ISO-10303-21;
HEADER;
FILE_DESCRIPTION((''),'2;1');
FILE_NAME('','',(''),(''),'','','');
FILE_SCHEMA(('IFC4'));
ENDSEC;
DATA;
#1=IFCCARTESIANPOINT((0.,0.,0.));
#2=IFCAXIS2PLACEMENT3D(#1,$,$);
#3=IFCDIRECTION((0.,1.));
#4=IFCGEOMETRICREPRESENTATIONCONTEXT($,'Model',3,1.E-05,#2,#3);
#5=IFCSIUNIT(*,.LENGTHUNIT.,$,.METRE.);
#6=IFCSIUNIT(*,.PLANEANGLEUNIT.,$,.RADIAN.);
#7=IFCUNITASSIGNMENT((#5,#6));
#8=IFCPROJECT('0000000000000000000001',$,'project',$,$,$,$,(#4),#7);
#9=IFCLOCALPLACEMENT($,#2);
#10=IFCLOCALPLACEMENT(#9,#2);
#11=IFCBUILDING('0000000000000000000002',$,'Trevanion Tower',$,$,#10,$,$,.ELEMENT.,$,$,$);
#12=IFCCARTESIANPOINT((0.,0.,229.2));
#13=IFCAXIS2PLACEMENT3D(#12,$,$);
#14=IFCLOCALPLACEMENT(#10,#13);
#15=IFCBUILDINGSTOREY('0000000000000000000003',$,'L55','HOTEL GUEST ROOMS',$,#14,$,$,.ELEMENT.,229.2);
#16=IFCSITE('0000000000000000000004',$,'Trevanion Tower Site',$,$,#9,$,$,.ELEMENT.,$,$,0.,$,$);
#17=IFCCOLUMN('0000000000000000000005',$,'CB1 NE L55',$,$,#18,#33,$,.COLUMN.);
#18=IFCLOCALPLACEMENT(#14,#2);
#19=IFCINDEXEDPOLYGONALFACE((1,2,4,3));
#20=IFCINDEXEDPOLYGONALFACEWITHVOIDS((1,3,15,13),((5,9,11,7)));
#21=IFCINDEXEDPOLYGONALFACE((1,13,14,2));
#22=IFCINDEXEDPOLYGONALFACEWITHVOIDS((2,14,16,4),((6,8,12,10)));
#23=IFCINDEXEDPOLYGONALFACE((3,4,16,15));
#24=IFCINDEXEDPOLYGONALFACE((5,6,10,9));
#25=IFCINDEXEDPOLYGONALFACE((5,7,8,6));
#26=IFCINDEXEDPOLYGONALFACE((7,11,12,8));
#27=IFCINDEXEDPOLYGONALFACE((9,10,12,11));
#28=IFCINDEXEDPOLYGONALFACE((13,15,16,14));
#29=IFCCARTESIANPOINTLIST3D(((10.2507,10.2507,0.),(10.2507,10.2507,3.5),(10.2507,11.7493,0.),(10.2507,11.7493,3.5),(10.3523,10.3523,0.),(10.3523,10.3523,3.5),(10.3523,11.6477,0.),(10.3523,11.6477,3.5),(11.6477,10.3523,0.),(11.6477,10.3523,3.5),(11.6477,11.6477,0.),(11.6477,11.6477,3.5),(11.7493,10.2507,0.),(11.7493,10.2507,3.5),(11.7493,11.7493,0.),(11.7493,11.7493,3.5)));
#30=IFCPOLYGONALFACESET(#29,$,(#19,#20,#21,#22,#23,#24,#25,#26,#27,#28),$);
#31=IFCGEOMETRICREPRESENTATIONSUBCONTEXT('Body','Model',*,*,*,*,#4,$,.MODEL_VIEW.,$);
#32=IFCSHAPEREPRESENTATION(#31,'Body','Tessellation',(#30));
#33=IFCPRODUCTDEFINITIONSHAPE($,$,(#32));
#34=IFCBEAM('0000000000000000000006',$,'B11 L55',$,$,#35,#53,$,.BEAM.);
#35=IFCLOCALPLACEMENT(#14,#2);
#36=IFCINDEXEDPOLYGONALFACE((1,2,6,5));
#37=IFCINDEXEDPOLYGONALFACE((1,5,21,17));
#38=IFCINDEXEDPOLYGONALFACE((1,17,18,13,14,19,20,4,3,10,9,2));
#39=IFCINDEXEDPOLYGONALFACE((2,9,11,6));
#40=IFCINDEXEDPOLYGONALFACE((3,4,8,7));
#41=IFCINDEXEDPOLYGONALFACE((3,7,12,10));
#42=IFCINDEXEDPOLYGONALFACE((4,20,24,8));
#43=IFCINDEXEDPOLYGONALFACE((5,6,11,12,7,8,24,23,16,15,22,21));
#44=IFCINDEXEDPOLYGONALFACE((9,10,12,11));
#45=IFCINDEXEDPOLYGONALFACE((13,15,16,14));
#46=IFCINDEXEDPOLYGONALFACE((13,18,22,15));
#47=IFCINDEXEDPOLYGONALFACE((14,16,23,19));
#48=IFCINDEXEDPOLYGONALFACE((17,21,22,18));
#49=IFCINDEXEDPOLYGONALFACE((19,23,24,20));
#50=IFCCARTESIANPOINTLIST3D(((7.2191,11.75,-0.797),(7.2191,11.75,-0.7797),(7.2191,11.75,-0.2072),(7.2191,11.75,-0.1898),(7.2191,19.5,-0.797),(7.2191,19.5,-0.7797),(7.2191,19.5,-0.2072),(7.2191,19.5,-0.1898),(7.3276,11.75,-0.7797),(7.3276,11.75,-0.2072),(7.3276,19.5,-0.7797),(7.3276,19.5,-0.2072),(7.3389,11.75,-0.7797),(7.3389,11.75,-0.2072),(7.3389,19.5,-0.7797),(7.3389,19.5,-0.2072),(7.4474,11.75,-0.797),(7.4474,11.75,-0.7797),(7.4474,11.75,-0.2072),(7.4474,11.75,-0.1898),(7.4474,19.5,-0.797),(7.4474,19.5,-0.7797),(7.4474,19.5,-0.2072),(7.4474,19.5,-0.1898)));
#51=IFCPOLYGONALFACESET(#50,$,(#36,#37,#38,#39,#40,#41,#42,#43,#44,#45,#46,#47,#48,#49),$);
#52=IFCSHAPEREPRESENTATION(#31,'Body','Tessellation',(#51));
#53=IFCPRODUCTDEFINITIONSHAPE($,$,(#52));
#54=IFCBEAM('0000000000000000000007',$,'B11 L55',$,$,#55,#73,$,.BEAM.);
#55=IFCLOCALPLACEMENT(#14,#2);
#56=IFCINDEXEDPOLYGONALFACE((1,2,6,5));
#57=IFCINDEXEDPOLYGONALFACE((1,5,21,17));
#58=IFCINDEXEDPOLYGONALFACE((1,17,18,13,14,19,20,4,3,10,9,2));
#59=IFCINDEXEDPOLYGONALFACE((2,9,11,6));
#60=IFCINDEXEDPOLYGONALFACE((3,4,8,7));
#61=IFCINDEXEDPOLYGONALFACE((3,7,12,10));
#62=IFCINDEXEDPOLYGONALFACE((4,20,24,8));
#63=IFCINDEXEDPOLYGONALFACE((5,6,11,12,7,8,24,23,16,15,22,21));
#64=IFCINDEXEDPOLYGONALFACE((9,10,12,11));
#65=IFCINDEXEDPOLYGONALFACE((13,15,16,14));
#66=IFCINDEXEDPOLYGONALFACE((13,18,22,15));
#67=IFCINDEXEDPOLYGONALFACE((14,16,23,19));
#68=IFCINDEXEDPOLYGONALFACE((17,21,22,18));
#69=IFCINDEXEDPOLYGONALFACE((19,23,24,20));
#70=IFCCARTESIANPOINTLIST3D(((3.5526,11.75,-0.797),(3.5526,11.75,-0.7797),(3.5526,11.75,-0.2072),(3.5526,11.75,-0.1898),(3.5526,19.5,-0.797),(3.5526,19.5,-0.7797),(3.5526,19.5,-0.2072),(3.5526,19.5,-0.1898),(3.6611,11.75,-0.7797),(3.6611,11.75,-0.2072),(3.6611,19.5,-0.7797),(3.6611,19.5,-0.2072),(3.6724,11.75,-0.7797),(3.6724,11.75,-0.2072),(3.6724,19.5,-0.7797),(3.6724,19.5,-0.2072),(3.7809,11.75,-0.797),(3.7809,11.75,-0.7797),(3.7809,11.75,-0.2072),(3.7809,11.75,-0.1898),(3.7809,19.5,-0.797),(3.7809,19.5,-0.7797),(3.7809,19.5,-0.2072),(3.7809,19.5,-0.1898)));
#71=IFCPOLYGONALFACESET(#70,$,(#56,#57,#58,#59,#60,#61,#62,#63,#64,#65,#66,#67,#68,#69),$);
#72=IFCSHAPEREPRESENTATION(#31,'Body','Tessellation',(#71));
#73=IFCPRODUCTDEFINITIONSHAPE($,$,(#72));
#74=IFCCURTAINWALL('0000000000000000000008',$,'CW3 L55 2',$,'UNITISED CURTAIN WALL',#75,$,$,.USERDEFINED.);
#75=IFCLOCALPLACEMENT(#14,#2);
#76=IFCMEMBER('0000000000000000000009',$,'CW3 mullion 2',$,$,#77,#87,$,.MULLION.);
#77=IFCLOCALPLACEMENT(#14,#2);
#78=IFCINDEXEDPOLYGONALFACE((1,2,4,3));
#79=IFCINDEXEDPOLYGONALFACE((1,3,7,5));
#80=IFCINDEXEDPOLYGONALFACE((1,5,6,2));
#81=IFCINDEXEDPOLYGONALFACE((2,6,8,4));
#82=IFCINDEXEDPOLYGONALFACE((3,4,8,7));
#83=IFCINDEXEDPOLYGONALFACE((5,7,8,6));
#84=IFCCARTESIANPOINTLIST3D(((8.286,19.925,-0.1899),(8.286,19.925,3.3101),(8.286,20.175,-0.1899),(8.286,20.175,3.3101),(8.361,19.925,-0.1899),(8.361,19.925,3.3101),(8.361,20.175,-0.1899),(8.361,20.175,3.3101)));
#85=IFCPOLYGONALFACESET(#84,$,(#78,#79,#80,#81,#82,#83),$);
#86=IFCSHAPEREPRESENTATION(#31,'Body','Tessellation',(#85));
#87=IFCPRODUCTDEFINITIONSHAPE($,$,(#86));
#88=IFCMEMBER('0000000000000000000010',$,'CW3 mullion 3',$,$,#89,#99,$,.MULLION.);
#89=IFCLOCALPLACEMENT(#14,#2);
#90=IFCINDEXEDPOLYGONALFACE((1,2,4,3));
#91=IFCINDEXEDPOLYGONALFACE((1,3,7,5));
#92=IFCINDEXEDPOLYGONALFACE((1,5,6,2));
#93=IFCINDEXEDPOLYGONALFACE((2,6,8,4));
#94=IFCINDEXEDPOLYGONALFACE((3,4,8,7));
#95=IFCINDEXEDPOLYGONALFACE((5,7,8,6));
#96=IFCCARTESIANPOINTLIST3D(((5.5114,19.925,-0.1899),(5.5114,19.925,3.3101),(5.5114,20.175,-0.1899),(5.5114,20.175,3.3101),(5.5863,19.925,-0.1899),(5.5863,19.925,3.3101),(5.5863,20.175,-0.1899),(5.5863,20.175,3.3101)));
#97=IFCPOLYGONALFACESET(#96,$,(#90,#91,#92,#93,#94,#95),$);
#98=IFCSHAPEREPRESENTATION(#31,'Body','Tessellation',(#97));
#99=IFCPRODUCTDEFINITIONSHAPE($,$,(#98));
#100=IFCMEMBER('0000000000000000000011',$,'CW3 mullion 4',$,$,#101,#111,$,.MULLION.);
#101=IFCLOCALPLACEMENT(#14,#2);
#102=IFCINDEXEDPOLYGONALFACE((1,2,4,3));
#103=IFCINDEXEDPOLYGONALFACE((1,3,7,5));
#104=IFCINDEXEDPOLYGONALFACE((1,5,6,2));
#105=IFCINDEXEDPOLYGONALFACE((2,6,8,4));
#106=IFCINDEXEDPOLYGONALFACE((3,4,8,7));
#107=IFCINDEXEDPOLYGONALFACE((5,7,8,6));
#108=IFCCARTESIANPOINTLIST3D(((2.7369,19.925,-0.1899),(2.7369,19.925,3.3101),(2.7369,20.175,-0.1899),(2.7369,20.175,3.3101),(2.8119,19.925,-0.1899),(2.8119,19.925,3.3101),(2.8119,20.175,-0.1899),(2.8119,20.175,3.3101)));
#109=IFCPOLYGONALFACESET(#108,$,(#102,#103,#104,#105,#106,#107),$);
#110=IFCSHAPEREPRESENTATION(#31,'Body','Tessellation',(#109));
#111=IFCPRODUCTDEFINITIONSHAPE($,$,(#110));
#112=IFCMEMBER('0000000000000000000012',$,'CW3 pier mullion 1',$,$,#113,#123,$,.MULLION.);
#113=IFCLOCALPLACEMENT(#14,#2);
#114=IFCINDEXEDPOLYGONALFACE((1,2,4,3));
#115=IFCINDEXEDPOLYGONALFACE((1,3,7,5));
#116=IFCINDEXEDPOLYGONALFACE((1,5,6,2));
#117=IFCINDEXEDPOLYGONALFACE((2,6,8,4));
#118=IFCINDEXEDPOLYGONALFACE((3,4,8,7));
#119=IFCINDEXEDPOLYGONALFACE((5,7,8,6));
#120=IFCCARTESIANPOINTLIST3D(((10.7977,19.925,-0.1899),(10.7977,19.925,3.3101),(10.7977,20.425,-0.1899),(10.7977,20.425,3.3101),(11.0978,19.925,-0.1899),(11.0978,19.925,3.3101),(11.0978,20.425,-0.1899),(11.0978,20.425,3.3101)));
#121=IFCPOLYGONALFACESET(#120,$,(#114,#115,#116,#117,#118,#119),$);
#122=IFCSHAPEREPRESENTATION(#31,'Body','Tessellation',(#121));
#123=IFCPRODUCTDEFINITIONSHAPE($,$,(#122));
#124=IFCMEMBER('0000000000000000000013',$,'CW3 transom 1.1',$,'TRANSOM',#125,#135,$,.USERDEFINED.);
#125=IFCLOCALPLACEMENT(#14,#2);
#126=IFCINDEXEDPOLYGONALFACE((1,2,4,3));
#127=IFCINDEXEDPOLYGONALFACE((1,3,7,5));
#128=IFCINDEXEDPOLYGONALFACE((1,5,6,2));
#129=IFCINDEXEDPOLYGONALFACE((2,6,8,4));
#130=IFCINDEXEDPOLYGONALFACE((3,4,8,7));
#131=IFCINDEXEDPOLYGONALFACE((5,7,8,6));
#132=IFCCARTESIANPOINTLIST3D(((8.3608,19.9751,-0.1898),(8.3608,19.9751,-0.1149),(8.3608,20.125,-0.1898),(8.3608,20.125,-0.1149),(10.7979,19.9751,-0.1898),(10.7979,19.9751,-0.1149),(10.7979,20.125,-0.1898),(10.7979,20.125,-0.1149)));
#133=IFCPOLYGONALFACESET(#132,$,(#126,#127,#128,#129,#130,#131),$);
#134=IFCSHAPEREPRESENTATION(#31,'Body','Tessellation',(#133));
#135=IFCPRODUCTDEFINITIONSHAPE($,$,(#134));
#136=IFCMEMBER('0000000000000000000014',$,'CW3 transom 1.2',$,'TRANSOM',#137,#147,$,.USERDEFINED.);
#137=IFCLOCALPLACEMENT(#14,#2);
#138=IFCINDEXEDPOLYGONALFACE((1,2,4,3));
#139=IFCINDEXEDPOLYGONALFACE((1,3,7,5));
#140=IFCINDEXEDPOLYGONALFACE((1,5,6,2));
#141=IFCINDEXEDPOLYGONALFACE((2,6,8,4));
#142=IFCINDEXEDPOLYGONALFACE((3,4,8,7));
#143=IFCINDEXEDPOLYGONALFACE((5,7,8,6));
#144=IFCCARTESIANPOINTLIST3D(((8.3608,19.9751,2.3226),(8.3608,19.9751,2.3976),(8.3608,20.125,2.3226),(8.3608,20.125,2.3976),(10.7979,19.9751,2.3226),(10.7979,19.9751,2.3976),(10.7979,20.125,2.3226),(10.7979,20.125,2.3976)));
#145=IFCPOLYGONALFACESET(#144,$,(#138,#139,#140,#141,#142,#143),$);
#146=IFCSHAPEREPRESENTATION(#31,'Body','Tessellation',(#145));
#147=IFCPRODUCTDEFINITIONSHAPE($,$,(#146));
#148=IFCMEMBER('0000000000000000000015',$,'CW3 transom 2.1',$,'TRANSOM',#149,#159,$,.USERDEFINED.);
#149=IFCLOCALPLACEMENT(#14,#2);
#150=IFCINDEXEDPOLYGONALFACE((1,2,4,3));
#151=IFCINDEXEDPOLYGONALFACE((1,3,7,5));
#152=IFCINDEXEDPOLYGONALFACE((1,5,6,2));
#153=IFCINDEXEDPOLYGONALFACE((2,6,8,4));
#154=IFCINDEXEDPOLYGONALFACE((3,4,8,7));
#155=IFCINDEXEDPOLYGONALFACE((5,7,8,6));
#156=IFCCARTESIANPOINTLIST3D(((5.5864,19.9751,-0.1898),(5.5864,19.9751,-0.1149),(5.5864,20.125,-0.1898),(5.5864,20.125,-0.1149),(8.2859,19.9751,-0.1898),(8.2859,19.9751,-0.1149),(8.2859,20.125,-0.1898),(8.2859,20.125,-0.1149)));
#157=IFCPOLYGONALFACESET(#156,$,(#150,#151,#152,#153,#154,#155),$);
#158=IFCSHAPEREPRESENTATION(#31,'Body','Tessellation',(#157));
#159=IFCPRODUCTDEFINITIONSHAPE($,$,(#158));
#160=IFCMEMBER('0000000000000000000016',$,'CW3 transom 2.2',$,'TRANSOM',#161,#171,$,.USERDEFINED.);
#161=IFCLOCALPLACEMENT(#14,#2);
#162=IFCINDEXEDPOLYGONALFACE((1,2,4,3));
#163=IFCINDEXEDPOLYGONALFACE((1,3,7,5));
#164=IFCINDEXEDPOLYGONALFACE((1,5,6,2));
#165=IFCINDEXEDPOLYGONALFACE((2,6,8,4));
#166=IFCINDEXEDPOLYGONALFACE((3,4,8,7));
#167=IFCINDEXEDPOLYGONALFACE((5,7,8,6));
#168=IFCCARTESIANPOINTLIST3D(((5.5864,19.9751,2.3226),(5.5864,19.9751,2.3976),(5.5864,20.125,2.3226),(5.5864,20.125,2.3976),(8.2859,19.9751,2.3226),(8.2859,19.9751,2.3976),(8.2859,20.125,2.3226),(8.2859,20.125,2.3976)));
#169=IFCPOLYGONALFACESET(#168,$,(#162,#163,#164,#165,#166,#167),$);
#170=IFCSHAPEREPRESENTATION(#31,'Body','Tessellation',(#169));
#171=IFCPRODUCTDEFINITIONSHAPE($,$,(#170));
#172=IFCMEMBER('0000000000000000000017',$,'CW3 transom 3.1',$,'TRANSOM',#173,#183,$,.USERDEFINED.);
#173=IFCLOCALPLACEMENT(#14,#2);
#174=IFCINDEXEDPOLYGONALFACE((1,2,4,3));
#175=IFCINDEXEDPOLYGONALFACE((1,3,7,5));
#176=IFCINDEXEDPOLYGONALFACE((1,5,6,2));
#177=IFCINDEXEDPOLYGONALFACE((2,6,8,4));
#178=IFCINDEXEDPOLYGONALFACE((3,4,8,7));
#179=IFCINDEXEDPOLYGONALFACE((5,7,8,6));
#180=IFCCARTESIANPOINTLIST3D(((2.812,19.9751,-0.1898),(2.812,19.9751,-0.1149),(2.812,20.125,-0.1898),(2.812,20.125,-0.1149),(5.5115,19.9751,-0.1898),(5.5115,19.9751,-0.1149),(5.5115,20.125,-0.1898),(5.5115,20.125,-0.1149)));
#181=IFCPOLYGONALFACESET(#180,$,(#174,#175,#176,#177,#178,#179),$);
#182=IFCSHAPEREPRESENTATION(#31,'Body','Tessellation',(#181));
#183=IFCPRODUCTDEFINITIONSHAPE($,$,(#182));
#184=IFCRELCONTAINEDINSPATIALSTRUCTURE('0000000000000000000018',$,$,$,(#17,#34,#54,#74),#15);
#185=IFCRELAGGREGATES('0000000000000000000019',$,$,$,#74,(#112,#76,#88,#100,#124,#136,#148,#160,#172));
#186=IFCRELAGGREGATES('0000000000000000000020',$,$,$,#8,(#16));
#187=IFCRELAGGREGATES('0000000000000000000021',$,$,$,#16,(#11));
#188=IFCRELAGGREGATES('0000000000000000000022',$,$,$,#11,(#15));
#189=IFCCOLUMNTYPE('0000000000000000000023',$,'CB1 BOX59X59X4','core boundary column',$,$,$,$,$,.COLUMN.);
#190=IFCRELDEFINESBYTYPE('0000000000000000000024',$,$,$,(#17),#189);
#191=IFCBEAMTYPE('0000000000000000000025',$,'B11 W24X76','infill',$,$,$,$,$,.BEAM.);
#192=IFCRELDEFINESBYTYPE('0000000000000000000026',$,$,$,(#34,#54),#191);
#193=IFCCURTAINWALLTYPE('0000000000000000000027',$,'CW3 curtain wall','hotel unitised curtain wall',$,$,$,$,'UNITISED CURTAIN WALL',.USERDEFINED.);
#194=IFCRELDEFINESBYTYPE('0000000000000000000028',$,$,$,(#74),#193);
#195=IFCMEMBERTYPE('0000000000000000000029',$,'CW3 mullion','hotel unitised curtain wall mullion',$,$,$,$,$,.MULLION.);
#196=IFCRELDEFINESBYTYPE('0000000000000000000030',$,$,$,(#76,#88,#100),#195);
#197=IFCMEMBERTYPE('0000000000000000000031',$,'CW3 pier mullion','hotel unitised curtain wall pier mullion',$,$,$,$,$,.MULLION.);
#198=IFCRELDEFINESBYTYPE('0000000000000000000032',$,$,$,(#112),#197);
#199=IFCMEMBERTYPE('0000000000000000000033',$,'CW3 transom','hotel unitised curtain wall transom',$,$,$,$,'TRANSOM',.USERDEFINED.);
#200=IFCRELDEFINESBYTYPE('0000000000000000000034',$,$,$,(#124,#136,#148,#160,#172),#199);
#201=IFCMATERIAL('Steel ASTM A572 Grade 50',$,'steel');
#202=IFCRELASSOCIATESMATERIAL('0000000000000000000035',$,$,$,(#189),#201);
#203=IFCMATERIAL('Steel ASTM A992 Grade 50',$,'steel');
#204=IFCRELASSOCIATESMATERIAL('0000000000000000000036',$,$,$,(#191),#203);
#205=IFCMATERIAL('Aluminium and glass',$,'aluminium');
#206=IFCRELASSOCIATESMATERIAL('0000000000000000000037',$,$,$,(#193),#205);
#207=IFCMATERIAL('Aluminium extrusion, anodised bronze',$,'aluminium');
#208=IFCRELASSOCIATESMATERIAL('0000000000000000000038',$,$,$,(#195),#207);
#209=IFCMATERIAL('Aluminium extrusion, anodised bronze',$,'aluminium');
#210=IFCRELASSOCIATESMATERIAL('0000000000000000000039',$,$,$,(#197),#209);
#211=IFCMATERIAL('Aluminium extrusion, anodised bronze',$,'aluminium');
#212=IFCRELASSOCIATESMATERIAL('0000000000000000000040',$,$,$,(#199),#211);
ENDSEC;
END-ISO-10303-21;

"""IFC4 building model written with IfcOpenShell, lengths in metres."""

from ifc_helpers import new_model, si_unit, direction, frame, origin, origin_2d, place, context, subcontext, project, spatial, rectangle, hollow_rectangle, i_section, extrude, material, material_profile, profile_set, type_object, element, aggregate, save


model = new_model("IFC4")

# Units and contexts
model_context = context("Model", 3, precision=1e-05, world=origin(), true_north=direction((0.0, 1.0)))
body_context = subcontext(model_context, "Body", "Model", "MODEL_VIEW")
ifc_project = project(units=[si_unit("LENGTHUNIT", "METRE"), si_unit("PLANEANGLEUNIT", "RADIAN")], contexts=[model_context])

# Site, building, storey
site_placement = place(None, origin())
site = spatial("IfcSite", under=ifc_project, at=site_placement, Name="Trevanion Tower Site", CompositionType="ELEMENT", RefElevation=0.0)
building_placement = place(site_placement, origin())
building = spatial("IfcBuilding", under=site, at=building_placement, Name="Trevanion Tower", CompositionType="ELEMENT")
storey_placement = place(building_placement, frame((0.0, 0.0, 229.2)))
storey = spatial("IfcBuildingStorey", under=building, at=storey_placement, Name="L55", Description="HOTEL GUEST ROOMS", CompositionType="ELEMENT", Elevation=229.2)

# Column
ifc_material_1 = material(Name="Steel ASTM A572 Grade 50", Category="steel")
ifc_material_profile_1 = material_profile(ifc_material_1, hollow_rectangle(XDim=1.4985, YDim=1.4985, WallThickness=0.1016, at=origin_2d()), Name="BOX59X59X4")
ifc_profile_set_1 = profile_set([ifc_material_profile_1], Name="Steel ASTM A572 Grade 50")
column_type = type_object("IfcColumnType", Name="CB1 BOX59X59X4", Description="core boundary column", PredefinedType="COLUMN", material=ifc_profile_set_1)
column_placement = place(storey_placement, frame((11.0, 11.0, 0.0), z_axis=(0.0, 0.0, 1.0), x_axis=(1.0, 0.0, 0.0)))
element("IfcColumn", 1, at=column_placement, inside=storey, type_object=column_type, Name="CB1 NE L55", PredefinedType="COLUMN", context=body_context, shape_type="SweptSolid", body=[
    extrude(hollow_rectangle(XDim=1.4985, YDim=1.4985, WallThickness=0.1016, at=origin_2d()), origin(), (0.0, 0.0, 1.0), 3.5),
])

# Beams
ifc_material_2 = material(Name="Steel ASTM A992 Grade 50", Category="steel")
ifc_material_profile_2 = material_profile(ifc_material_2, i_section(OverallWidth=0.2283, OverallDepth=0.6072, WebThickness=0.0112, FlangeThickness=0.0173, at=origin_2d()), Name="W24X76")
ifc_profile_set_2 = profile_set([ifc_material_profile_2], Name="Steel ASTM A992 Grade 50")
beam_type_1 = type_object("IfcBeamType", Name="B11 W24X76", Description="infill", PredefinedType="BEAM", material=ifc_profile_set_2)
for number, where, z_axis, x_axis, name in (
    (2, (7.3333, 11.75, -0.4934), (0.0, 1.0, 0.0), (-1.0, 0.0, 0.0), "B11 L55"),
    (3, (3.6667, 11.75, -0.4934), (0.0, 1.0, 0.0), (-1.0, 0.0, 0.0), "B11 L55"),
):
    element("IfcBeam", number, at=place(storey_placement, frame(where, z_axis=z_axis, x_axis=x_axis)), inside=storey, type_object=beam_type_1, Name=name, PredefinedType="BEAM", context=body_context, shape_type="SweptSolid", body=[
        extrude(i_section(OverallWidth=0.2283, OverallDepth=0.6072, WebThickness=0.0112, FlangeThickness=0.0173, at=origin_2d()), origin(), (0.0, 0.0, 1.0), 7.75),
    ])

# Curtain wall, members
ifc_material_3 = material(Name="Aluminium and glass", Category="aluminium")
curtain_wall_type = type_object("IfcCurtainWallType", Name="CW3 curtain wall", Description="hotel unitised curtain wall", ElementType="UNITISED CURTAIN WALL", PredefinedType="USERDEFINED", material=ifc_material_3)
curtain_wall_placement = place(storey_placement, origin())
curtain_wall = element("IfcCurtainWall", 4, at=curtain_wall_placement, inside=storey, type_object=curtain_wall_type, Name="CW3 L55 2", ObjectType="UNITISED CURTAIN WALL", PredefinedType="USERDEFINED")
ifc_material_4 = material(Name="Aluminium extrusion, anodised bronze", Category="aluminium")
ifc_material_profile_3 = material_profile(ifc_material_4, rectangle(XDim=0.075, YDim=0.25, at=origin_2d()), Name="CW3 mullion")
ifc_profile_set_3 = profile_set([ifc_material_profile_3], Name="Aluminium extrusion, anodised bronze")
member_type_1 = type_object("IfcMemberType", Name="CW3 mullion", Description="hotel unitised curtain wall mullion", PredefinedType="MULLION", material=ifc_profile_set_3)
member_1_placement = place(storey_placement, frame((8.3235, 20.05, -0.1899), z_axis=(0.0, 0.0, 1.0), x_axis=(-1.0, 0.0, 0.0)))
member_1 = element("IfcMember", 5, at=member_1_placement, type_object=member_type_1, Name="CW3 mullion 2", PredefinedType="MULLION", context=body_context, shape_type="SweptSolid", body=[
    extrude(rectangle(XDim=0.075, YDim=0.25, at=origin_2d()), origin(), (0.0, 0.0, 1.0), 3.5),
])
member_2_placement = place(storey_placement, frame((5.5488, 20.05, -0.1899), z_axis=(0.0, 0.0, 1.0), x_axis=(-1.0, 0.0, 0.0)))
member_2 = element("IfcMember", 6, at=member_2_placement, type_object=member_type_1, Name="CW3 mullion 3", PredefinedType="MULLION", context=body_context, shape_type="SweptSolid", body=[
    extrude(rectangle(XDim=0.075, YDim=0.25, at=origin_2d()), origin(), (0.0, 0.0, 1.0), 3.5),
])
member_3_placement = place(storey_placement, frame((2.7744, 20.05, -0.1899), z_axis=(0.0, 0.0, 1.0), x_axis=(-1.0, 0.0, 0.0)))
member_3 = element("IfcMember", 7, at=member_3_placement, type_object=member_type_1, Name="CW3 mullion 4", PredefinedType="MULLION", context=body_context, shape_type="SweptSolid", body=[
    extrude(rectangle(XDim=0.075, YDim=0.25, at=origin_2d()), origin(), (0.0, 0.0, 1.0), 3.5),
])
ifc_material_5 = material(Name="Aluminium extrusion, anodised bronze", Category="aluminium")
ifc_material_profile_4 = material_profile(ifc_material_5, rectangle(XDim=0.3, YDim=0.5, at=origin_2d()), Name="CW3 pier mullion")
ifc_profile_set_4 = profile_set([ifc_material_profile_4], Name="Aluminium extrusion, anodised bronze")
member_type_2 = type_object("IfcMemberType", Name="CW3 pier mullion", Description="hotel unitised curtain wall pier mullion", PredefinedType="MULLION", material=ifc_profile_set_4)
member_4_placement = place(storey_placement, frame((10.9478, 20.175, -0.1899), z_axis=(0.0, 0.0, 1.0), x_axis=(-1.0, 0.0, 0.0)))
member_4 = element("IfcMember", 8, at=member_4_placement, type_object=member_type_2, Name="CW3 pier mullion 1", PredefinedType="MULLION", context=body_context, shape_type="SweptSolid", body=[
    extrude(rectangle(XDim=0.3, YDim=0.5, at=origin_2d()), origin(), (0.0, 0.0, 1.0), 3.5),
])
ifc_material_6 = material(Name="Aluminium extrusion, anodised bronze", Category="aluminium")
ifc_material_profile_5 = material_profile(ifc_material_6, rectangle(XDim=0.1499, YDim=0.075, at=origin_2d()), Name="CW3 transom")
ifc_profile_set_5 = profile_set([ifc_material_profile_5], Name="Aluminium extrusion, anodised bronze")
member_type_3 = type_object("IfcMemberType", Name="CW3 transom", Description="hotel unitised curtain wall transom", ElementType="TRANSOM", PredefinedType="USERDEFINED", material=ifc_profile_set_5)
member_5_placement = place(storey_placement, frame((10.7979, 20.05, -0.1523), z_axis=(-1.0, 0.0, 0.0), x_axis=(0.0, -1.0, 0.0)))
member_5 = element("IfcMember", 9, at=member_5_placement, type_object=member_type_3, Name="CW3 transom 1.1", ObjectType="TRANSOM", PredefinedType="USERDEFINED", context=body_context, shape_type="SweptSolid", body=[
    extrude(rectangle(XDim=0.1499, YDim=0.075, at=origin_2d()), origin(), (0.0, 0.0, 1.0), 2.437),
])
member_6_placement = place(storey_placement, frame((10.7979, 20.05, 2.3601), z_axis=(-1.0, 0.0, 0.0), x_axis=(0.0, -1.0, 0.0)))
member_6 = element("IfcMember", 10, at=member_6_placement, type_object=member_type_3, Name="CW3 transom 1.2", ObjectType="TRANSOM", PredefinedType="USERDEFINED", context=body_context, shape_type="SweptSolid", body=[
    extrude(rectangle(XDim=0.1499, YDim=0.075, at=origin_2d()), origin(), (0.0, 0.0, 1.0), 2.437),
])
member_7_placement = place(storey_placement, frame((8.2859, 20.05, -0.1523), z_axis=(-1.0, 0.0, 0.0), x_axis=(0.0, -1.0, 0.0)))
member_7 = element("IfcMember", 11, at=member_7_placement, type_object=member_type_3, Name="CW3 transom 2.1", ObjectType="TRANSOM", PredefinedType="USERDEFINED", context=body_context, shape_type="SweptSolid", body=[
    extrude(rectangle(XDim=0.1499, YDim=0.075, at=origin_2d()), origin(), (0.0, 0.0, 1.0), 2.6995),
])
member_8_placement = place(storey_placement, frame((8.2859, 20.05, 2.3601), z_axis=(-1.0, 0.0, 0.0), x_axis=(0.0, -1.0, 0.0)))
member_8 = element("IfcMember", 12, at=member_8_placement, type_object=member_type_3, Name="CW3 transom 2.2", ObjectType="TRANSOM", PredefinedType="USERDEFINED", context=body_context, shape_type="SweptSolid", body=[
    extrude(rectangle(XDim=0.1499, YDim=0.075, at=origin_2d()), origin(), (0.0, 0.0, 1.0), 2.6995),
])
member_9_placement = place(storey_placement, frame((5.5115, 20.05, -0.1523), z_axis=(-1.0, 0.0, 0.0), x_axis=(0.0, -1.0, 0.0)))
member_9 = element("IfcMember", 13, at=member_9_placement, type_object=member_type_3, Name="CW3 transom 3.1", ObjectType="TRANSOM", PredefinedType="USERDEFINED", context=body_context, shape_type="SweptSolid", body=[
    extrude(rectangle(XDim=0.1499, YDim=0.075, at=origin_2d()), origin(), (0.0, 0.0, 1.0), 2.6995),
])

aggregate(curtain_wall, [member_4, member_1, member_2, member_3, member_5, member_6, member_7, member_8, member_9])

save(model, "model.ifc")
